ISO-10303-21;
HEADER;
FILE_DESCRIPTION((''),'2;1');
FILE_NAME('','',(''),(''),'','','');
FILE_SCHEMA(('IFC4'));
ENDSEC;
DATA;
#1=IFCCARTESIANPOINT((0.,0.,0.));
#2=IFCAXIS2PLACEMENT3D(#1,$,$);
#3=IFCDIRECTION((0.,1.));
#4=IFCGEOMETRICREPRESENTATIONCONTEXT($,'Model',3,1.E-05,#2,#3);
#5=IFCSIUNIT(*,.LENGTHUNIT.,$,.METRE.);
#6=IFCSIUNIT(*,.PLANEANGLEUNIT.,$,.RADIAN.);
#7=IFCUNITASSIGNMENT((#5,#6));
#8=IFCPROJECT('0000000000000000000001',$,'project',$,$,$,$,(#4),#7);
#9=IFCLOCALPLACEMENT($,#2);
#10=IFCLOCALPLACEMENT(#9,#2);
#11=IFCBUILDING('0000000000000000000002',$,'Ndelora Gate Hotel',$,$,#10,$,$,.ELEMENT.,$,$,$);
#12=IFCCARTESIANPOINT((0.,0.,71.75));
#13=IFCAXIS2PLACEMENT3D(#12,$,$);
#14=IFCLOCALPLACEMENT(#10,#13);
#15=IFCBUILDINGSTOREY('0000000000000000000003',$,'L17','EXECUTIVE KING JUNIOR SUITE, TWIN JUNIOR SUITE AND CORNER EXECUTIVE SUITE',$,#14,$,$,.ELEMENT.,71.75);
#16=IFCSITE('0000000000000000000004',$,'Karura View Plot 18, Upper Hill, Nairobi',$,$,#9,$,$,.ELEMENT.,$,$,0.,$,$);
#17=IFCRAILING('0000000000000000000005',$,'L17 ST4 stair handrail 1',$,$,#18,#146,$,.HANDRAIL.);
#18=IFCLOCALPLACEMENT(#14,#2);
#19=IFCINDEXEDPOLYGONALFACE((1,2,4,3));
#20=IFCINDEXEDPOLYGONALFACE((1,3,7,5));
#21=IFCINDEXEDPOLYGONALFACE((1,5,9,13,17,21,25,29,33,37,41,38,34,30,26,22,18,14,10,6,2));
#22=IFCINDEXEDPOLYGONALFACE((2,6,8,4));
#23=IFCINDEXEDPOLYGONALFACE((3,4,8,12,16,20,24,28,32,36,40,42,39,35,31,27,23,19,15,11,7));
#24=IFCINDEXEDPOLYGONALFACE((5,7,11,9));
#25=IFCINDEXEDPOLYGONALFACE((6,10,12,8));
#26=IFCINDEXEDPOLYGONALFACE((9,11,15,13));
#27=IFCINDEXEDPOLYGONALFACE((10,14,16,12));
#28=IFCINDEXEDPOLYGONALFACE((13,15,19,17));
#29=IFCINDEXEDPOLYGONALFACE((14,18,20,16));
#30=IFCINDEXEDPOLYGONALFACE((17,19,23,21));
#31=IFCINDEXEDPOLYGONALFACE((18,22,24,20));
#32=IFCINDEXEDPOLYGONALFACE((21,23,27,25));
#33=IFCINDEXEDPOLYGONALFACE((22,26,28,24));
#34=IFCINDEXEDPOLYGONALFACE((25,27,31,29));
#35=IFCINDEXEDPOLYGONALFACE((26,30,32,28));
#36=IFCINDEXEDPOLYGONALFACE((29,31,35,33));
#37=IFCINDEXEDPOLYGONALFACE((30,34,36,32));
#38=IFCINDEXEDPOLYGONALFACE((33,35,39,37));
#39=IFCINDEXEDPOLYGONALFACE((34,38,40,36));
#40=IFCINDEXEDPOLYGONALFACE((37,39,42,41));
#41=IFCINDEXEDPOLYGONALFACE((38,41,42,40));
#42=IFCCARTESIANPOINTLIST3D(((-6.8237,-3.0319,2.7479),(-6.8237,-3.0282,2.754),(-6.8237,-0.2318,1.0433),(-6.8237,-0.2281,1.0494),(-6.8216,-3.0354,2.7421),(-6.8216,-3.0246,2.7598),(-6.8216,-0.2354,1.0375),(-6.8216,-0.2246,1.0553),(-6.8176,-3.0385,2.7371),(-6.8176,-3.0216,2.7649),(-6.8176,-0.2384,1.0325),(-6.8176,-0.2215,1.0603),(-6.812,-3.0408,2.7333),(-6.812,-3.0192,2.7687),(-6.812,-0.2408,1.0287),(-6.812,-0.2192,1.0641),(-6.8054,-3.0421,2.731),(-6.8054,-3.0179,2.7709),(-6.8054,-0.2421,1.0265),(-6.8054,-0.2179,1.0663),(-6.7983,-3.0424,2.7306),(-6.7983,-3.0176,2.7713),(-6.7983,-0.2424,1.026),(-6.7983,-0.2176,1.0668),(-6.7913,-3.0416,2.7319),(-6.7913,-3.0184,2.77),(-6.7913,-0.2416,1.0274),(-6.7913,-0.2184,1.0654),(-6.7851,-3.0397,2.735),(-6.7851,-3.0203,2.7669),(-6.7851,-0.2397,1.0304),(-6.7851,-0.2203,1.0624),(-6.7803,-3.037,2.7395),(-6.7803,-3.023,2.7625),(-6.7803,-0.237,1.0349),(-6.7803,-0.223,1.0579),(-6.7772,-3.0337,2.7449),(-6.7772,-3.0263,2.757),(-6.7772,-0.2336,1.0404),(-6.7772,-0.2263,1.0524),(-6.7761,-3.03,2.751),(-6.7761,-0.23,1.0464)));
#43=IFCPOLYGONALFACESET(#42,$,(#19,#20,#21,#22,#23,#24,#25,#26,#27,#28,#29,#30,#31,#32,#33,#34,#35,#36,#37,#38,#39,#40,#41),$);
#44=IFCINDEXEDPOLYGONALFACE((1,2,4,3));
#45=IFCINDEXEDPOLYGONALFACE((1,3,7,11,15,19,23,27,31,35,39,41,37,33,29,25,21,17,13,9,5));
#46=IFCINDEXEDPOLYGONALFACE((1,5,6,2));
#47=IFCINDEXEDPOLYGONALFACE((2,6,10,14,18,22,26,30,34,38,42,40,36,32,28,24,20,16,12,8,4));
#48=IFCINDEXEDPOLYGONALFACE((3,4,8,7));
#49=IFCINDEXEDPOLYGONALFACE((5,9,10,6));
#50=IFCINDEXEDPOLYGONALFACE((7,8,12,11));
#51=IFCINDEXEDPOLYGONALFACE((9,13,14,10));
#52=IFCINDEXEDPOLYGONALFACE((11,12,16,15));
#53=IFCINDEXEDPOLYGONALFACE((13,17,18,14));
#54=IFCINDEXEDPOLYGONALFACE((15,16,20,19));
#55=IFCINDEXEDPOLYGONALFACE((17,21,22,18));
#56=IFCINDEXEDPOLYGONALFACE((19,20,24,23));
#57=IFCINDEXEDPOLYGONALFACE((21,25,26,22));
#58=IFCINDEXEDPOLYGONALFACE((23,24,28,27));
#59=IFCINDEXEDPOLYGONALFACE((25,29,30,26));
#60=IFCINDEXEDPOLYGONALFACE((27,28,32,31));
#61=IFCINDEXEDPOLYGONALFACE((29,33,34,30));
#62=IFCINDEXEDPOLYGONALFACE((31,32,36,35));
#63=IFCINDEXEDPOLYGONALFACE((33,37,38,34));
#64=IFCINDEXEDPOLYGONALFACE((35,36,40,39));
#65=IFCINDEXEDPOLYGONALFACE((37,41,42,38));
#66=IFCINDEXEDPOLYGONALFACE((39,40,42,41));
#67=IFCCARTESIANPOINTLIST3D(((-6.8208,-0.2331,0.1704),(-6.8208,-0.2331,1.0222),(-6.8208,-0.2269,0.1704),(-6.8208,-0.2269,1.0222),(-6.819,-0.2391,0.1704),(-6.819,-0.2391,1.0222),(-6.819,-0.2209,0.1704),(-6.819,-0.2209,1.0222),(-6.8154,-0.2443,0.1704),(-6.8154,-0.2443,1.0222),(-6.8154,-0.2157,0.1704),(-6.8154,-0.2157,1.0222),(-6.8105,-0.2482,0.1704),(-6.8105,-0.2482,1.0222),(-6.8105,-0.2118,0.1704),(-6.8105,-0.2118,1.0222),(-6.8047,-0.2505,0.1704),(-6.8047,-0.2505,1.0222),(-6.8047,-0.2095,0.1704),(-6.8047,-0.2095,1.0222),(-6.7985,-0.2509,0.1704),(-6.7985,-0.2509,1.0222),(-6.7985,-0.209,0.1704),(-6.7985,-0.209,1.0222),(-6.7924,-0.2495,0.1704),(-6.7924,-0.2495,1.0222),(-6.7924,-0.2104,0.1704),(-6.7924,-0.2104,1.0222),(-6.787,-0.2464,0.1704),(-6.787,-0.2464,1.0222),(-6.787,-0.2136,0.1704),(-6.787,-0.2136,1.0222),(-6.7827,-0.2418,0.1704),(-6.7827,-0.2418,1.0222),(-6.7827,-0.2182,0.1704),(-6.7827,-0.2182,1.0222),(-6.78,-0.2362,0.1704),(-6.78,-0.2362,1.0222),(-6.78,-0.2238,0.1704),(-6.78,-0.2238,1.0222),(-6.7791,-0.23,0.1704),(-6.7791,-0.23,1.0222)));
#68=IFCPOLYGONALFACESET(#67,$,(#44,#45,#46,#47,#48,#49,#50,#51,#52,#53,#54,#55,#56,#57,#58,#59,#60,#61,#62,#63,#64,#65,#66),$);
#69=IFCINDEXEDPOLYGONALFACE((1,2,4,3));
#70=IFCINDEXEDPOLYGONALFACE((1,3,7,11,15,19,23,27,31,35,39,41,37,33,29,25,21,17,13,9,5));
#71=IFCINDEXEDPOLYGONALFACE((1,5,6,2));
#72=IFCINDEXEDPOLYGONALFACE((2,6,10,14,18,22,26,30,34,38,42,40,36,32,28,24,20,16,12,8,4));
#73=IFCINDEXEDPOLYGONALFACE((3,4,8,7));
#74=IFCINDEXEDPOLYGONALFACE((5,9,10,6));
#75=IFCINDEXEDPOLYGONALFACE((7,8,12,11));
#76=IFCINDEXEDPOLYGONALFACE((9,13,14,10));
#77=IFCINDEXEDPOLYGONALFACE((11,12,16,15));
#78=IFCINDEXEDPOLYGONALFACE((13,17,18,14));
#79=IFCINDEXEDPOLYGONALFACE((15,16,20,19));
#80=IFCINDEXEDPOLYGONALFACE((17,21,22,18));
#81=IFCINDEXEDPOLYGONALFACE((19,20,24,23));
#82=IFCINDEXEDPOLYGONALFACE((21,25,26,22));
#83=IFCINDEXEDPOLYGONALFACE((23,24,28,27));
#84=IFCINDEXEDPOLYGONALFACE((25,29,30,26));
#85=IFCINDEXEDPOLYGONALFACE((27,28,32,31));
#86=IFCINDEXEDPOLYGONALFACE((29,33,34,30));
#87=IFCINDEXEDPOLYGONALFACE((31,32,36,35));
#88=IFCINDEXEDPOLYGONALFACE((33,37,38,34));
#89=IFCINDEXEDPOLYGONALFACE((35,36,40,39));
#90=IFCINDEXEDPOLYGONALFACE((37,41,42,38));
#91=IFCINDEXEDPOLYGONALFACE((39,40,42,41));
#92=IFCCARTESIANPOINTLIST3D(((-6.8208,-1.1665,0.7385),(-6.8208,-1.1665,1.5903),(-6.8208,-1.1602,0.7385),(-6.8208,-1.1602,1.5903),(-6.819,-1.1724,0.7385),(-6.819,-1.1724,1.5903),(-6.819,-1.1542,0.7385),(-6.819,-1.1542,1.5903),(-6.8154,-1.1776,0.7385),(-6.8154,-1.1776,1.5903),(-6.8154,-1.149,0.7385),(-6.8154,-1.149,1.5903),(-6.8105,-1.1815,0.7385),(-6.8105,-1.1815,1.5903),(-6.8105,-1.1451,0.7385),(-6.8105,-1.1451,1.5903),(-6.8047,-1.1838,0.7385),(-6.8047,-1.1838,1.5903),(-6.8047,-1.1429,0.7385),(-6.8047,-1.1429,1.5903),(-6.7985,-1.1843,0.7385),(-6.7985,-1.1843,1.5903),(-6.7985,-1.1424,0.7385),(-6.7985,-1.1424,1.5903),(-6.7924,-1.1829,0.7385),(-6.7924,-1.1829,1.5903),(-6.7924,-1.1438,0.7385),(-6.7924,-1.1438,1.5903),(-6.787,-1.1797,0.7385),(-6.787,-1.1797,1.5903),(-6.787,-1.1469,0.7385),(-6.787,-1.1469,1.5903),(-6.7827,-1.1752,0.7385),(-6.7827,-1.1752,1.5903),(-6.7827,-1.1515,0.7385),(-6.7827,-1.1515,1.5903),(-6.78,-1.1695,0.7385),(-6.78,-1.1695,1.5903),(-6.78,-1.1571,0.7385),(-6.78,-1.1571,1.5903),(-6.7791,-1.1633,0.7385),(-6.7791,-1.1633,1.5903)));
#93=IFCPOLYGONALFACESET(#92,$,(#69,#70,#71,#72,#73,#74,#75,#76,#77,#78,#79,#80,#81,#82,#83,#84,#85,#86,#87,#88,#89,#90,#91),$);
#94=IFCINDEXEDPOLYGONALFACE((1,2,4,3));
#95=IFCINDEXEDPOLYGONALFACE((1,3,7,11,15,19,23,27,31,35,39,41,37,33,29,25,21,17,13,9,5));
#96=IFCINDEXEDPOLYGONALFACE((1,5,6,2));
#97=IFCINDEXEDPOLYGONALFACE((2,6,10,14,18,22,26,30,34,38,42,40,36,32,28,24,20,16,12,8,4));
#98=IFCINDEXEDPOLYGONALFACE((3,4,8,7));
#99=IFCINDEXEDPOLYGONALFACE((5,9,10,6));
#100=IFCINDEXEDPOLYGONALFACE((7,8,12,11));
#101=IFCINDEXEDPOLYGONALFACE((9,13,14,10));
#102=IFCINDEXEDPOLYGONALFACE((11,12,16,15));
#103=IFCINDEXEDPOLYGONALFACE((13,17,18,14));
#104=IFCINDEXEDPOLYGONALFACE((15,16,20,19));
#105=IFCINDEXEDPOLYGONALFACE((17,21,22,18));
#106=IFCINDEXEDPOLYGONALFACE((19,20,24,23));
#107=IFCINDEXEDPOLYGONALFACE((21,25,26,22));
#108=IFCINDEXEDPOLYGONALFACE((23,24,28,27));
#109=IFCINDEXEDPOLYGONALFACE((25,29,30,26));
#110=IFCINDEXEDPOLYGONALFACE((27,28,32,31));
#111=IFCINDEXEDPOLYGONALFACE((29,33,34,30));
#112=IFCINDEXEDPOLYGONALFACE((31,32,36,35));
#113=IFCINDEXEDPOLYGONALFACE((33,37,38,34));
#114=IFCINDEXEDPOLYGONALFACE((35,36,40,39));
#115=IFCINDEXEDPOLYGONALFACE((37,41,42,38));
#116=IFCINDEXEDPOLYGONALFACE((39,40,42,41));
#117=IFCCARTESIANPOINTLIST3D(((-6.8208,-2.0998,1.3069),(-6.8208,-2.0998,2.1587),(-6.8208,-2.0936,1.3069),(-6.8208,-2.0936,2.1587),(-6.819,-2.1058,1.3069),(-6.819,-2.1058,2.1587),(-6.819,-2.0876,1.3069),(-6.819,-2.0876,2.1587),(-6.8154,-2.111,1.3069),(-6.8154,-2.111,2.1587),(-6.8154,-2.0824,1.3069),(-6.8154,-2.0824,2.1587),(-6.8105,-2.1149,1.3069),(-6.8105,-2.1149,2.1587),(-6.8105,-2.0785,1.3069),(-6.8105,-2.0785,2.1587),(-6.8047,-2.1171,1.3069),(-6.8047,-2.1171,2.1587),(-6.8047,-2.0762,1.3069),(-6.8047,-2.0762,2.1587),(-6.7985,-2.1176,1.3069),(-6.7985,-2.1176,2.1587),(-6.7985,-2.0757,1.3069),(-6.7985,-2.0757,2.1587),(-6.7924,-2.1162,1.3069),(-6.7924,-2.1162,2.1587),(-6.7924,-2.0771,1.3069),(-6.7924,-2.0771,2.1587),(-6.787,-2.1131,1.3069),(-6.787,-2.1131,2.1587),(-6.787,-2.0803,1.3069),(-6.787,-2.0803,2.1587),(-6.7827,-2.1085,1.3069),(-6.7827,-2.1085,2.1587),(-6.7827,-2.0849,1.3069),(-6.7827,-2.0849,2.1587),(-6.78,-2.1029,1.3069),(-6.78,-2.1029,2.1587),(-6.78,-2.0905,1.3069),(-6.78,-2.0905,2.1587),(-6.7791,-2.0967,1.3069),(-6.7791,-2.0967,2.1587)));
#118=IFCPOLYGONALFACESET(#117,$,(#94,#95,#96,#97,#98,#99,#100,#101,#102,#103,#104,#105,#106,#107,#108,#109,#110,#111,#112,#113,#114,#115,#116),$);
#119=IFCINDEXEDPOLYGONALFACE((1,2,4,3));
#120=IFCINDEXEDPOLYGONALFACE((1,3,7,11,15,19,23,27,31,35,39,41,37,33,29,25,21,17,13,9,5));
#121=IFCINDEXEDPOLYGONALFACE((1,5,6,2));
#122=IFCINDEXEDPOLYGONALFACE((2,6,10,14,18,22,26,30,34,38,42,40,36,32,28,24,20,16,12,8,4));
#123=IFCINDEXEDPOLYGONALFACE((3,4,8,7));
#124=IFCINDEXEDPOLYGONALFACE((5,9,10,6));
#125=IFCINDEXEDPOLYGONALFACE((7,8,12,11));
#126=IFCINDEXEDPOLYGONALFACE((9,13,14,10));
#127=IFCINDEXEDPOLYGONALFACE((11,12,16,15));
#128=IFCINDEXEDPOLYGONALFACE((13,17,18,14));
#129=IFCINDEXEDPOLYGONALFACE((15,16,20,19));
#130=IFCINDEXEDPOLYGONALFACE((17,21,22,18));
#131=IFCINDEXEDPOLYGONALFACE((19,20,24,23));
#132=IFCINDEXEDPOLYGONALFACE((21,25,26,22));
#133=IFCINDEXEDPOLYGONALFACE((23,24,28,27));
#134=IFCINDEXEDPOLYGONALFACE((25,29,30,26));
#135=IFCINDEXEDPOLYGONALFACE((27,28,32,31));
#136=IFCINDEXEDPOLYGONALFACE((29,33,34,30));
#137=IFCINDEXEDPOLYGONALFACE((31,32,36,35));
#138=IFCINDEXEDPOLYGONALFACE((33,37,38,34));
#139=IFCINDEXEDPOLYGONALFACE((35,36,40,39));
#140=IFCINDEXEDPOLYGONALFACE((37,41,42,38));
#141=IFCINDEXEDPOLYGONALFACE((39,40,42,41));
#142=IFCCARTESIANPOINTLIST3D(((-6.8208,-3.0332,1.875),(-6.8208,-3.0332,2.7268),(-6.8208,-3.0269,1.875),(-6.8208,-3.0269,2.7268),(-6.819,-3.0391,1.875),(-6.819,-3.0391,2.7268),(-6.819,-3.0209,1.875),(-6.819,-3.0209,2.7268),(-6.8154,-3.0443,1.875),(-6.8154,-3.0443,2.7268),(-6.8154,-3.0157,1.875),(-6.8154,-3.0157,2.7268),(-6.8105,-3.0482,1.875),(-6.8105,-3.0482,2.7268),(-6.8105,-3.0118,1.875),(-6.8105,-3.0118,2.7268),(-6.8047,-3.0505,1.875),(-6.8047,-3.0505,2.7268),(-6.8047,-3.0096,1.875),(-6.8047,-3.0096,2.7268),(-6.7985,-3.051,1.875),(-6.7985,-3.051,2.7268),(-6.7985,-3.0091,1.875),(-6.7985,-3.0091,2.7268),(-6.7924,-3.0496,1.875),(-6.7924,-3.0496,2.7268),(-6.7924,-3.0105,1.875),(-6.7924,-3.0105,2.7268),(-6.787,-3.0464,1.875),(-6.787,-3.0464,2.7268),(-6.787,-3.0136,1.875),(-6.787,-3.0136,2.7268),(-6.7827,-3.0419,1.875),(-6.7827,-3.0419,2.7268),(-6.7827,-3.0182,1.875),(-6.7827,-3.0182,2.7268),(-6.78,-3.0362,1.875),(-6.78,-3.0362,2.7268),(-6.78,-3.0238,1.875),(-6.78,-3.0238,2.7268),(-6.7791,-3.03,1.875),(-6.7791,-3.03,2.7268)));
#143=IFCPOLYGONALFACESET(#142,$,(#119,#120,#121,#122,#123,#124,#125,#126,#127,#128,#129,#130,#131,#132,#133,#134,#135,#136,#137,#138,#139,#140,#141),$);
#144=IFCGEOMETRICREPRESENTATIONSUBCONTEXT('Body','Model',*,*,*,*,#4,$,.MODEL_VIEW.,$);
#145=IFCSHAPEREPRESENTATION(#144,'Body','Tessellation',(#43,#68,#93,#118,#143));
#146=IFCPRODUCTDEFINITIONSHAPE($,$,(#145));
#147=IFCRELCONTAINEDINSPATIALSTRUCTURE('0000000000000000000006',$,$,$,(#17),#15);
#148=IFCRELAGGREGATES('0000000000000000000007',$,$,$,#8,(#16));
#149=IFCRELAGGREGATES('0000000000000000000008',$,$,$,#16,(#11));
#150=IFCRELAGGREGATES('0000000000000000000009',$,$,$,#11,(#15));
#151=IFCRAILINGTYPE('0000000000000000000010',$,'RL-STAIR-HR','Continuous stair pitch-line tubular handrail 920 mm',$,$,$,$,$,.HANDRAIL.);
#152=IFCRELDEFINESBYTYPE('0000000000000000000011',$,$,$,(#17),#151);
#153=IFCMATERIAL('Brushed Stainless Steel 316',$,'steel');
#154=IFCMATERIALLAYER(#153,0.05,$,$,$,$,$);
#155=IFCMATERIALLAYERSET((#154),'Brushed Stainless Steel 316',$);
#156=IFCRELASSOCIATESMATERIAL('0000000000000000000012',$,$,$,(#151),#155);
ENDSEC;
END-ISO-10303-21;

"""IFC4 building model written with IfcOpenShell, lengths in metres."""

from ifc_helpers import new_model, si_unit, direction, frame, origin, origin_2d, place, context, subcontext, project, spatial, circle, extrude, material, layer, layer_set, type_object, element, save


model = new_model("IFC4")

# Units and contexts
model_context = context("Model", 3, precision=1e-05, world=origin(), true_north=direction((0.0, 1.0)))
body_context = subcontext(model_context, "Body", "Model", "MODEL_VIEW")
ifc_project = project(units=[si_unit("LENGTHUNIT", "METRE"), si_unit("PLANEANGLEUNIT", "RADIAN")], contexts=[model_context])

# Site, building, storey
site_placement = place(None, origin())
site = spatial("IfcSite", under=ifc_project, at=site_placement, Name="Karura View Plot 18, Upper Hill, Nairobi", CompositionType="ELEMENT", RefElevation=0.0)
building_placement = place(site_placement, origin())
building = spatial("IfcBuilding", under=site, at=building_placement, Name="Ndelora Gate Hotel", CompositionType="ELEMENT")
storey_placement = place(building_placement, frame((0.0, 0.0, 71.75)))
storey = spatial("IfcBuildingStorey", under=building, at=storey_placement, Name="L17", Description="EXECUTIVE KING JUNIOR SUITE, TWIN JUNIOR SUITE AND CORNER EXECUTIVE SUITE", CompositionType="ELEMENT", Elevation=71.75)

# Railing
ifc_material_1 = material(Name="Brushed Stainless Steel 316", Category="steel")
ifc_layer_1 = layer(ifc_material_1, 0.05)
ifc_layer_set_1 = layer_set([ifc_layer_1], Name="Brushed Stainless Steel 316")
railing_type_1 = type_object("IfcRailingType", Name="RL-STAIR-HR", Description="Continuous stair pitch-line tubular handrail 920 mm", PredefinedType="HANDRAIL", material=ifc_layer_set_1)
railing_1_placement = place(storey_placement, frame((-6.8, -0.23, 0.1704)))
element("IfcRailing", 1, at=railing_1_placement, inside=storey, type_object=railing_type_1, Name="L17 ST4 stair handrail 1", PredefinedType="HANDRAIL", context=body_context, shape_type="SweptSolid", body=[
    extrude(circle(Radius=0.0239, at=origin_2d()), frame((0.0, 0.0, 0.876), z_axis=(0.0, -0.85417, 0.519994), x_axis=(1.0, 0.0, 0.0)), (0.0, 0.0, 1.0), 3.2781),
    extrude(circle(Radius=0.021, at=origin_2d()), origin(), (0.0, 0.0, 1.0), 0.8518),
    extrude(circle(Radius=0.021, at=origin_2d()), frame((0.0, -0.9333, 0.5681)), (0.0, 0.0, 1.0), 0.8518),
    extrude(circle(Radius=0.021, at=origin_2d()), frame((0.0, -1.8667, 1.1365)), (0.0, 0.0, 1.0), 0.8518),
    extrude(circle(Radius=0.021, at=origin_2d()), frame((0.0, -2.8, 1.7046)), (0.0, 0.0, 1.0), 0.8518),
])

save(model, "model.ifc")
